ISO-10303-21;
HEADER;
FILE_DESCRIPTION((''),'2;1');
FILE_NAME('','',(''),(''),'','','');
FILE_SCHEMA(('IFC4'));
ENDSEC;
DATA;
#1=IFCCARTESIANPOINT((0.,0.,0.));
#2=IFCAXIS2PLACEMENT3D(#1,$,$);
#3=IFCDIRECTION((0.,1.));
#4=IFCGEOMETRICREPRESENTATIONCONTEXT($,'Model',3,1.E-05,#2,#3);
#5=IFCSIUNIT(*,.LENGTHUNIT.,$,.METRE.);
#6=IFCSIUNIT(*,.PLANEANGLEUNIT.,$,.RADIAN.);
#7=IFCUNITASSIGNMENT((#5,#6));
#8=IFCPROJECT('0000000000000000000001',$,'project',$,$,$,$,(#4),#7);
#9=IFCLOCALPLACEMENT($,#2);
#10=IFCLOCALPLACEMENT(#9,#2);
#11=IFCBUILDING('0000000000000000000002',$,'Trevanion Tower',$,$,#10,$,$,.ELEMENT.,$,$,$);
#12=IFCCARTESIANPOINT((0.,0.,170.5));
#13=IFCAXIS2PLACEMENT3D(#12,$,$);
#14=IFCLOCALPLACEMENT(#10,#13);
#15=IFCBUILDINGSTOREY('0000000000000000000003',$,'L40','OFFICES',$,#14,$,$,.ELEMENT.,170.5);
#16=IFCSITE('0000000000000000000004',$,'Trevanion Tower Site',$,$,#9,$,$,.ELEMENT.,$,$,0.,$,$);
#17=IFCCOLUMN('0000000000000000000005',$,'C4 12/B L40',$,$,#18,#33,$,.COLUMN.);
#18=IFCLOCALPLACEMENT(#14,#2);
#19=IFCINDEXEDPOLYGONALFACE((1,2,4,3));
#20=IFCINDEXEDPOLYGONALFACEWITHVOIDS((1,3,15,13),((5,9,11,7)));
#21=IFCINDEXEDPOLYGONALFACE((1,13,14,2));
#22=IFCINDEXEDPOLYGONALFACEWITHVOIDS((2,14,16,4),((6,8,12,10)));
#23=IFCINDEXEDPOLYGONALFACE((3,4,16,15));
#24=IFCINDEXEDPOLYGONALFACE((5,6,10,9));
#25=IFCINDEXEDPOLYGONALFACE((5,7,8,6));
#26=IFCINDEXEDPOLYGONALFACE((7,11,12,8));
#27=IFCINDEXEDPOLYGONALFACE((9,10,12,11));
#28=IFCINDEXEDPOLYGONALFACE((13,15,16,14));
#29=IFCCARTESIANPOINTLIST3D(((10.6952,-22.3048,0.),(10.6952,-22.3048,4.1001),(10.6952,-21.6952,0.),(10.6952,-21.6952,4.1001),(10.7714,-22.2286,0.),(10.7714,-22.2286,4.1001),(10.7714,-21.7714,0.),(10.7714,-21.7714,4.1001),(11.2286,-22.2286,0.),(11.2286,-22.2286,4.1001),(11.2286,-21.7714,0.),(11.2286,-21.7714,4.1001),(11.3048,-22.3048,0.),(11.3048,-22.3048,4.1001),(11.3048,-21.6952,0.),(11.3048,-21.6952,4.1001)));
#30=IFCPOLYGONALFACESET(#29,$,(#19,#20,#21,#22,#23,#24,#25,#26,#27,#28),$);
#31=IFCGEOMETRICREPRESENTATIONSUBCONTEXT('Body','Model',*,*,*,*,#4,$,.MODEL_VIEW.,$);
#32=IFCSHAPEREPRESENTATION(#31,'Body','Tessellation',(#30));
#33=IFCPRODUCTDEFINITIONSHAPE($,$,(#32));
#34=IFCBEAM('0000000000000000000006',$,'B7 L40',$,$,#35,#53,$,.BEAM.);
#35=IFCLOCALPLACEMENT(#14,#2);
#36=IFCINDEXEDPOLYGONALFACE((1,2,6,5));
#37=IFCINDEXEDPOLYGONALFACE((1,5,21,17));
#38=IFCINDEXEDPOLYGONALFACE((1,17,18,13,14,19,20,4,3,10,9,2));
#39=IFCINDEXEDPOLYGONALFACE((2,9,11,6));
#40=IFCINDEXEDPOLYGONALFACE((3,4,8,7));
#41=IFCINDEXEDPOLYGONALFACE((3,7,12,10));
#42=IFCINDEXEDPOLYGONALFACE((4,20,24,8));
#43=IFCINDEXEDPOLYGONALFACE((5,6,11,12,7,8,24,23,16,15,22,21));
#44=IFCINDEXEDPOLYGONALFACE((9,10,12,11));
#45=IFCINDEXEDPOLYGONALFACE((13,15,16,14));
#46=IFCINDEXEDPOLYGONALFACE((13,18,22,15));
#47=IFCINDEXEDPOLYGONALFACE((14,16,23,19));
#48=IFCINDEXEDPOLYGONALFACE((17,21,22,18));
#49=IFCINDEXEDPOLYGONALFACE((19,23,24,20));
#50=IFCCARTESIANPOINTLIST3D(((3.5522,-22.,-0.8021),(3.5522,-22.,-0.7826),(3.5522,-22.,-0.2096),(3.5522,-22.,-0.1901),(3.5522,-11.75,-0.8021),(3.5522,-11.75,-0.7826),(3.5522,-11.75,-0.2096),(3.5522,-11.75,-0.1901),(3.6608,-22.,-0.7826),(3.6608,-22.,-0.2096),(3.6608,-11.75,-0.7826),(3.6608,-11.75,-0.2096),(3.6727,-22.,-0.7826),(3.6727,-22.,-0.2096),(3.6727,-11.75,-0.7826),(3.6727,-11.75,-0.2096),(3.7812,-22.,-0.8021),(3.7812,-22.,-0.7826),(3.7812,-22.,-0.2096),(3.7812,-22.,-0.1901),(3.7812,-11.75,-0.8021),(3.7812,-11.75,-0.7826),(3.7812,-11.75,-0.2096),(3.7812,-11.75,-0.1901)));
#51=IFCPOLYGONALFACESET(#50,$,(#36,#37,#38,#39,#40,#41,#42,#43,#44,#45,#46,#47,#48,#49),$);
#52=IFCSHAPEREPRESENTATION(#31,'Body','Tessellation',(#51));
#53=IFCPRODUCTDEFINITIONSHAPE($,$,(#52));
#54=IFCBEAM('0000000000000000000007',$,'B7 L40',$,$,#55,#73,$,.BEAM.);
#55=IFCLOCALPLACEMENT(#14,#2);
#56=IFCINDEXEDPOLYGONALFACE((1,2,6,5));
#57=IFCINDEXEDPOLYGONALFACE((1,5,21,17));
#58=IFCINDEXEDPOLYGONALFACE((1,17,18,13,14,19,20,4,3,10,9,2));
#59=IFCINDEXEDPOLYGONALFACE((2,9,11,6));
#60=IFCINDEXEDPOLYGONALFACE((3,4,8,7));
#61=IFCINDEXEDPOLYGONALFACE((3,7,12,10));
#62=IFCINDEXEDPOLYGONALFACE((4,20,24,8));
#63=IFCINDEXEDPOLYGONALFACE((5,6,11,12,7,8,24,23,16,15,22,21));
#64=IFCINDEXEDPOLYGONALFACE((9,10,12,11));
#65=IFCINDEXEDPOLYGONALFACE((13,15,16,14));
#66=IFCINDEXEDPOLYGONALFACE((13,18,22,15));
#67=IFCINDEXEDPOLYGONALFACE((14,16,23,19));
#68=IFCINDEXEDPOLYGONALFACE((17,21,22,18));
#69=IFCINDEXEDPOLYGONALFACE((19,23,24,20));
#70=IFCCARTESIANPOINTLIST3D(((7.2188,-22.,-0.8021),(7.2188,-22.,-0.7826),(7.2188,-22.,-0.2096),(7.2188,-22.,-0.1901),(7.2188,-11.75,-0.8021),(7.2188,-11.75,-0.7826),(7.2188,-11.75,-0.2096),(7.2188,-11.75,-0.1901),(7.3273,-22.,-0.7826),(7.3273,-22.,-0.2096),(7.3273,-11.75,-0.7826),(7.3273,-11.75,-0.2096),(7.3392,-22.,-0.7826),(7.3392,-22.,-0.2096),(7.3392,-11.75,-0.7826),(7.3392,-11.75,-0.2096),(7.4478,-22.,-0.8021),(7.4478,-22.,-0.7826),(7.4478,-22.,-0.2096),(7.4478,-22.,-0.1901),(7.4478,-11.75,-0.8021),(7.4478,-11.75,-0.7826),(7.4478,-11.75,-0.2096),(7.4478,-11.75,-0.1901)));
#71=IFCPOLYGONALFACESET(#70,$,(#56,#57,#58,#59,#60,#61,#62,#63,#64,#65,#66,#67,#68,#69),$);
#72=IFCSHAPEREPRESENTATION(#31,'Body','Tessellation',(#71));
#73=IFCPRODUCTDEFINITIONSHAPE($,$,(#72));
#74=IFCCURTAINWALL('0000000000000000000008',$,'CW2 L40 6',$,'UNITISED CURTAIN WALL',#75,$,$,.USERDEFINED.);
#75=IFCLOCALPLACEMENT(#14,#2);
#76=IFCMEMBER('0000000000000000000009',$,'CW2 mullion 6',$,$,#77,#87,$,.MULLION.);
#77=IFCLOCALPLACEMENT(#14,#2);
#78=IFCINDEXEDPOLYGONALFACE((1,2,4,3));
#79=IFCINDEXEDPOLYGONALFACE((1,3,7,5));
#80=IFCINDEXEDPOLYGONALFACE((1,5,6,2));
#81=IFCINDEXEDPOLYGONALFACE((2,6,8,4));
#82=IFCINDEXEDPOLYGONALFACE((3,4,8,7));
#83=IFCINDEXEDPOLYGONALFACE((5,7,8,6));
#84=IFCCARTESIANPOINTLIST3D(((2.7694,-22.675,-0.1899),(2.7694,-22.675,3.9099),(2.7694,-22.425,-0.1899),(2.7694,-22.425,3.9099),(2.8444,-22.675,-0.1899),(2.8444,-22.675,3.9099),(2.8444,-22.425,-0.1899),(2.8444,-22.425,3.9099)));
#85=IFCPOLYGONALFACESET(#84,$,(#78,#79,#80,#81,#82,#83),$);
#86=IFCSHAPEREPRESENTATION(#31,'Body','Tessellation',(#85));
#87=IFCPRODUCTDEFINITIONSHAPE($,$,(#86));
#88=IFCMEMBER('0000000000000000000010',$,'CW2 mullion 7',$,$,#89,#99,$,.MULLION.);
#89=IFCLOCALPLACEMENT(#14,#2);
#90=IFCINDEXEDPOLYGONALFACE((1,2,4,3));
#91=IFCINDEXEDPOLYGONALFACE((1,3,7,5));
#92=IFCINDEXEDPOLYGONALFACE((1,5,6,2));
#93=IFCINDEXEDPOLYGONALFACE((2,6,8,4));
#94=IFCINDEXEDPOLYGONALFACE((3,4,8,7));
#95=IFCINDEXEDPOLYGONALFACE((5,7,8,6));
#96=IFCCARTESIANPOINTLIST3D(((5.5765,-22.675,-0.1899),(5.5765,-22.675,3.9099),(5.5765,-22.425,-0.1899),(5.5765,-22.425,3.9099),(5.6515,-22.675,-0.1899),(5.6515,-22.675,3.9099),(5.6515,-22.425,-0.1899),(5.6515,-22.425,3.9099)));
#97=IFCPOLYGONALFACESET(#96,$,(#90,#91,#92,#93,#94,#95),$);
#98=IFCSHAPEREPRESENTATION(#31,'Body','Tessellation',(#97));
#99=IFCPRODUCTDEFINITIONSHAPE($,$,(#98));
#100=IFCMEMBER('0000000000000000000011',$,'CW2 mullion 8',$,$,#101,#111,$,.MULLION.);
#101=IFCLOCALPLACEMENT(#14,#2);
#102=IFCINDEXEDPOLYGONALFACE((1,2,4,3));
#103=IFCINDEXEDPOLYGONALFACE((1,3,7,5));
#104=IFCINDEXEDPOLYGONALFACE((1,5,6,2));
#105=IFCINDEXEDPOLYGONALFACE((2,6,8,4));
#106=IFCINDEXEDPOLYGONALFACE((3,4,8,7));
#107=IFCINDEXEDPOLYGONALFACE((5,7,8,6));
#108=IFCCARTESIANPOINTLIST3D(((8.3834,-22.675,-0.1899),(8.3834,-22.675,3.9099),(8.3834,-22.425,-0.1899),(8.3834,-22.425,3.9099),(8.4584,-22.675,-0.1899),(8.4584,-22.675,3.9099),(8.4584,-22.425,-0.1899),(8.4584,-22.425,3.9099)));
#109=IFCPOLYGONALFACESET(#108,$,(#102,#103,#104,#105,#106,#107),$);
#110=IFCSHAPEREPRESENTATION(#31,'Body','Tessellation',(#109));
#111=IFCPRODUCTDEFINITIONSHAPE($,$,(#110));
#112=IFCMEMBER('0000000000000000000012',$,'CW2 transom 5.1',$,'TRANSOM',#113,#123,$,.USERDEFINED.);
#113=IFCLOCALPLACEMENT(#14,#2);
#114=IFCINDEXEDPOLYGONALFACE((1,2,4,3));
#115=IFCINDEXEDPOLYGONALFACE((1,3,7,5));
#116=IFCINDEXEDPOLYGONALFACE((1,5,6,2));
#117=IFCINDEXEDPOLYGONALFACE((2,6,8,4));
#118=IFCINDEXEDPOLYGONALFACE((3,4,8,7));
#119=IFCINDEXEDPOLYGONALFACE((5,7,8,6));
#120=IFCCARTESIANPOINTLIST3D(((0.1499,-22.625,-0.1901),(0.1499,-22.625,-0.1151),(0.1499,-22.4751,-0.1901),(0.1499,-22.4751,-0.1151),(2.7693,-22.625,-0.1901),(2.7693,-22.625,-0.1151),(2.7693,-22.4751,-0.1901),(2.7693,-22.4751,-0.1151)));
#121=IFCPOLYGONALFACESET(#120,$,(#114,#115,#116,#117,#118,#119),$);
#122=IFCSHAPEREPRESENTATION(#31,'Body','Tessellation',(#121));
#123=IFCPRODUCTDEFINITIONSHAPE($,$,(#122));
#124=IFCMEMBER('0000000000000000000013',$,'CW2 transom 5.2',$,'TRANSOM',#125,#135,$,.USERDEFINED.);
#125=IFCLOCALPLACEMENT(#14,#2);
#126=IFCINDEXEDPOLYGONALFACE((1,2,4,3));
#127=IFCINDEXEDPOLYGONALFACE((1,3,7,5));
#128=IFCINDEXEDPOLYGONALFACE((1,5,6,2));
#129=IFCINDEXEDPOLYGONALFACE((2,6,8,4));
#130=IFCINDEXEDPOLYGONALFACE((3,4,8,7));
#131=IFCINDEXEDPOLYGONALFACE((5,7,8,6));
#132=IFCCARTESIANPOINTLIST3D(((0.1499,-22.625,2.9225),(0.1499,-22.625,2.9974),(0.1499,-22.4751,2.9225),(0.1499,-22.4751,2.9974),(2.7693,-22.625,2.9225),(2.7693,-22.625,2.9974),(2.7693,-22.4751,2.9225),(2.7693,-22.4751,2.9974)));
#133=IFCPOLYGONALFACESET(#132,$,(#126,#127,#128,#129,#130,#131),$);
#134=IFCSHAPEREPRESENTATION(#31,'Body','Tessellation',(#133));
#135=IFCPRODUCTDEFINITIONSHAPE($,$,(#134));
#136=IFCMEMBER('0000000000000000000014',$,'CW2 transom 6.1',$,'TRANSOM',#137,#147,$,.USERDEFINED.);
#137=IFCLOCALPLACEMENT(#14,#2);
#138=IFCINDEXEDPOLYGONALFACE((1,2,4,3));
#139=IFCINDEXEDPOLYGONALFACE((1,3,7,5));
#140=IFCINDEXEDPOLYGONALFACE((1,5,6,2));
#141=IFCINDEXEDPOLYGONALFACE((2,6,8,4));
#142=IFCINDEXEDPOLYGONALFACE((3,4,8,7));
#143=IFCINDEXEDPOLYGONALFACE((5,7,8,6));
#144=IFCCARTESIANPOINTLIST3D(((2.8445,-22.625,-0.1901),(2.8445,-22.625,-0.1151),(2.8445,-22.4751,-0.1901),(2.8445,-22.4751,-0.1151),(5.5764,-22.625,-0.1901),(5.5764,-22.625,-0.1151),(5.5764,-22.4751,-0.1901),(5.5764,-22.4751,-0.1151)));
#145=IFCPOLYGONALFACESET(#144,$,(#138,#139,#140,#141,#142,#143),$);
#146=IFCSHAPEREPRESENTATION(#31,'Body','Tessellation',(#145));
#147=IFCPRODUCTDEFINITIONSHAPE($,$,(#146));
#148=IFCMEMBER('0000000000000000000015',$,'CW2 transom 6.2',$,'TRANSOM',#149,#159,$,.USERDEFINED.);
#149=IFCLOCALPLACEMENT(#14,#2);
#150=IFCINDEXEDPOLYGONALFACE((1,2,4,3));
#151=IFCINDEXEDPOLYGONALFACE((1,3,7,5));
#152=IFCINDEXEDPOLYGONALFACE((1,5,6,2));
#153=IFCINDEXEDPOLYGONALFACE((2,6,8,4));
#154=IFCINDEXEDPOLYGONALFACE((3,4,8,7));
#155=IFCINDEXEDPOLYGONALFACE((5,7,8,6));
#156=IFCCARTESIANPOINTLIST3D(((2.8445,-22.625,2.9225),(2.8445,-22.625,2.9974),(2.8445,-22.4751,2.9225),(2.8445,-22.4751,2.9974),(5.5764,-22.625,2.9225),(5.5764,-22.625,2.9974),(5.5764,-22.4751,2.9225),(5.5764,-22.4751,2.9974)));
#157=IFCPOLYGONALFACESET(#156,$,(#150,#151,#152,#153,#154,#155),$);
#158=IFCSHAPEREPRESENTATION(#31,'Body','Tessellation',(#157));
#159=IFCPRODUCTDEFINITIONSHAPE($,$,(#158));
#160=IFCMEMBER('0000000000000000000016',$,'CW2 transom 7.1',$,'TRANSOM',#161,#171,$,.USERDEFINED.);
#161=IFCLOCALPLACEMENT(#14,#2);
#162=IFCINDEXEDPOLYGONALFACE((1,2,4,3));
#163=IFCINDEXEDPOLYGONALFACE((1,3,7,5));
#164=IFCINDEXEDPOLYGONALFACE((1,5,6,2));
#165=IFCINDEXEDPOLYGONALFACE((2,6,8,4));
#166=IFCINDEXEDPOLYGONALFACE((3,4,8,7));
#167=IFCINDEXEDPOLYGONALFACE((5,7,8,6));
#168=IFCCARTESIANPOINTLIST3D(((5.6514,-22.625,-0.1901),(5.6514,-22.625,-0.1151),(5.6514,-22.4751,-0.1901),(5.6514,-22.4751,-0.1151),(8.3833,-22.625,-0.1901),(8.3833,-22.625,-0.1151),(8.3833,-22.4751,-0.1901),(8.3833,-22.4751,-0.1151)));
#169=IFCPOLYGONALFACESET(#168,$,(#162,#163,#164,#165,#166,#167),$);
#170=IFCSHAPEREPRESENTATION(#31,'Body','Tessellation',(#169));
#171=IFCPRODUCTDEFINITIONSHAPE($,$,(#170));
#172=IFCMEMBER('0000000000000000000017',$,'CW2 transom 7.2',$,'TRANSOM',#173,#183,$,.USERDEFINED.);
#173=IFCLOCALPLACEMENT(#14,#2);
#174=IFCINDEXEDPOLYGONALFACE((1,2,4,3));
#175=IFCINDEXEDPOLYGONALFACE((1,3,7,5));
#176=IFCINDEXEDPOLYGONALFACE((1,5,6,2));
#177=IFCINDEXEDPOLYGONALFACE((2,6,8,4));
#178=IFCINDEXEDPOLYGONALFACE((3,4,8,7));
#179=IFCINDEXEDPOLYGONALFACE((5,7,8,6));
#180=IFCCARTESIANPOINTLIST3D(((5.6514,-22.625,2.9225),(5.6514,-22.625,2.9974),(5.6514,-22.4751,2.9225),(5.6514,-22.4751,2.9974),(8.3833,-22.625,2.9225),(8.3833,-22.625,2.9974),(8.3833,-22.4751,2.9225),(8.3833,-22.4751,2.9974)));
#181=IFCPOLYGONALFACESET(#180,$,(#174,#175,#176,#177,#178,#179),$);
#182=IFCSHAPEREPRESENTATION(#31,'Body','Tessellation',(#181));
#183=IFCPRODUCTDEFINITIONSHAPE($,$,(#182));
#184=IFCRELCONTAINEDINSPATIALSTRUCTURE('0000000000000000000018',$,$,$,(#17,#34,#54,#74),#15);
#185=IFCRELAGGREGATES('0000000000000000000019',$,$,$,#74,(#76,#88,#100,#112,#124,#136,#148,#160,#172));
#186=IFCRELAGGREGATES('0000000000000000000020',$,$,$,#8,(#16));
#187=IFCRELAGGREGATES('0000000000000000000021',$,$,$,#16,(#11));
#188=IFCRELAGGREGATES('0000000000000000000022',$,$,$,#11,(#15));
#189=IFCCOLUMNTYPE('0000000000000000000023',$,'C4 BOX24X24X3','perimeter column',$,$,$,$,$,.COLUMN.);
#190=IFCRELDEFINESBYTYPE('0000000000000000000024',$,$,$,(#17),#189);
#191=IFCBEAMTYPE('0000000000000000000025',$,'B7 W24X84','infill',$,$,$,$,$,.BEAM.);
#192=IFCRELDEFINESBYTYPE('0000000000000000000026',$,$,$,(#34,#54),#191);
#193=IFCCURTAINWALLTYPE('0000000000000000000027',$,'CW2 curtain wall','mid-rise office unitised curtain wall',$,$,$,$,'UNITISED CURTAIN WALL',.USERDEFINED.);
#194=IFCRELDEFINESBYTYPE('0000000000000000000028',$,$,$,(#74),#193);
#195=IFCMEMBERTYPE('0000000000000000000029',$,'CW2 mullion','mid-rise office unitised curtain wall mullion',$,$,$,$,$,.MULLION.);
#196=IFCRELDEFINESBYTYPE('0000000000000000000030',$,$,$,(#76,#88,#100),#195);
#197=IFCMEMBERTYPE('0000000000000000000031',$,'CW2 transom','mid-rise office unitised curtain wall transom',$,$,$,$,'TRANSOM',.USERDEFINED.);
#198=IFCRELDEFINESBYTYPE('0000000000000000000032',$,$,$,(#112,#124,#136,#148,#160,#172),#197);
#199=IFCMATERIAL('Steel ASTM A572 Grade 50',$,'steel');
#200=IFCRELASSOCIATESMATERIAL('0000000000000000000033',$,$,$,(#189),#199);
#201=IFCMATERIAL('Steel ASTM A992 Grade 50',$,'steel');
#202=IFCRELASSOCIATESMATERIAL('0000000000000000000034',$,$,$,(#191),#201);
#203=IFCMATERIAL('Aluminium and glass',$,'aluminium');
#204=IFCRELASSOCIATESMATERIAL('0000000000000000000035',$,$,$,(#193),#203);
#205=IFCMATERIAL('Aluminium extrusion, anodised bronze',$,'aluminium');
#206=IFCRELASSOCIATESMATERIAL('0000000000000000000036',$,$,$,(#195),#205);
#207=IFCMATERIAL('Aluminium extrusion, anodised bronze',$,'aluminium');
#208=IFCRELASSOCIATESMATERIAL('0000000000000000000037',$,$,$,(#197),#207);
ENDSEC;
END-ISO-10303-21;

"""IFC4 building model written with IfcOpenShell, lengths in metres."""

from ifc_helpers import new_model, si_unit, direction, frame, origin, origin_2d, place, context, subcontext, project, spatial, rectangle, hollow_rectangle, i_section, extrude, material, material_profile, profile_set, type_object, element, aggregate, save


model = new_model("IFC4")

# Units and contexts
model_context = context("Model", 3, precision=1e-05, world=origin(), true_north=direction((0.0, 1.0)))
body_context = subcontext(model_context, "Body", "Model", "MODEL_VIEW")
ifc_project = project(units=[si_unit("LENGTHUNIT", "METRE"), si_unit("PLANEANGLEUNIT", "RADIAN")], contexts=[model_context])

# Site, building, storey
site_placement = place(None, origin())
site = spatial("IfcSite", under=ifc_project, at=site_placement, Name="Trevanion Tower Site", CompositionType="ELEMENT", RefElevation=0.0)
building_placement = place(site_placement, origin())
building = spatial("IfcBuilding", under=site, at=building_placement, Name="Trevanion Tower", CompositionType="ELEMENT")
storey_placement = place(building_placement, frame((0.0, 0.0, 170.5)))
storey = spatial("IfcBuildingStorey", under=building, at=storey_placement, Name="L40", Description="OFFICES", CompositionType="ELEMENT", Elevation=170.5)

# Column
ifc_material_1 = material(Name="Steel ASTM A572 Grade 50", Category="steel")
ifc_material_profile_1 = material_profile(ifc_material_1, hollow_rectangle(XDim=0.6096, YDim=0.6096, WallThickness=0.0762, at=origin_2d()), Name="BOX24X24X3")
ifc_profile_set_1 = profile_set([ifc_material_profile_1], Name="Steel ASTM A572 Grade 50")
column_type = type_object("IfcColumnType", Name="C4 BOX24X24X3", Description="perimeter column", PredefinedType="COLUMN", material=ifc_profile_set_1)
column_placement = place(storey_placement, frame((11.0, -22.0, 0.0), z_axis=(0.0, 0.0, 1.0), x_axis=(1.0, 0.0, 0.0)))
element("IfcColumn", 1, at=column_placement, inside=storey, type_object=column_type, Name="C4 12/B L40", PredefinedType="COLUMN", context=body_context, shape_type="SweptSolid", body=[
    extrude(hollow_rectangle(XDim=0.6096, YDim=0.6096, WallThickness=0.0762, at=origin_2d()), origin(), (0.0, 0.0, 1.0), 4.1001),
])

# Beams
ifc_material_2 = material(Name="Steel ASTM A992 Grade 50", Category="steel")
ifc_material_profile_2 = material_profile(ifc_material_2, i_section(OverallWidth=0.229, OverallDepth=0.6121, WebThickness=0.012, FlangeThickness=0.0195, at=origin_2d()), Name="W24X84")
ifc_profile_set_2 = profile_set([ifc_material_profile_2], Name="Steel ASTM A992 Grade 50")
beam_type_1 = type_object("IfcBeamType", Name="B7 W24X84", Description="infill", PredefinedType="BEAM", material=ifc_profile_set_2)
for number, where, z_axis, x_axis, name in (
    (2, (3.6667, -11.75, -0.4961), (0.0, -1.0, 0.0), (1.0, 0.0, 0.0), "B7 L40"),
    (3, (7.3333, -11.75, -0.4961), (0.0, -1.0, 0.0), (1.0, 0.0, 0.0), "B7 L40"),
):
    element("IfcBeam", number, at=place(storey_placement, frame(where, z_axis=z_axis, x_axis=x_axis)), inside=storey, type_object=beam_type_1, Name=name, PredefinedType="BEAM", context=body_context, shape_type="SweptSolid", body=[
        extrude(i_section(OverallWidth=0.229, OverallDepth=0.6121, WebThickness=0.012, FlangeThickness=0.0195, at=origin_2d()), origin(), (0.0, 0.0, 1.0), 10.25),
    ])

# Curtain wall, members
ifc_material_3 = material(Name="Aluminium and glass", Category="aluminium")
curtain_wall_type = type_object("IfcCurtainWallType", Name="CW2 curtain wall", Description="mid-rise office unitised curtain wall", ElementType="UNITISED CURTAIN WALL", PredefinedType="USERDEFINED", material=ifc_material_3)
curtain_wall_placement = place(storey_placement, origin())
curtain_wall = element("IfcCurtainWall", 4, at=curtain_wall_placement, inside=storey, type_object=curtain_wall_type, Name="CW2 L40 6", ObjectType="UNITISED CURTAIN WALL", PredefinedType="USERDEFINED")
ifc_material_4 = material(Name="Aluminium extrusion, anodised bronze", Category="aluminium")
ifc_material_profile_3 = material_profile(ifc_material_4, rectangle(XDim=0.075, YDim=0.25, at=origin_2d()), Name="CW2 mullion")
ifc_profile_set_3 = profile_set([ifc_material_profile_3], Name="Aluminium extrusion, anodised bronze")
member_type_1 = type_object("IfcMemberType", Name="CW2 mullion", Description="mid-rise office unitised curtain wall mullion", PredefinedType="MULLION", material=ifc_profile_set_3)
member_1_placement = place(storey_placement, frame((2.8069, -22.55, -0.1899), z_axis=(0.0, 0.0, 1.0), x_axis=(1.0, 0.0, 0.0)))
member_1 = element("IfcMember", 5, at=member_1_placement, type_object=member_type_1, Name="CW2 mullion 6", PredefinedType="MULLION", context=body_context, shape_type="SweptSolid", body=[
    extrude(rectangle(XDim=0.075, YDim=0.25, at=origin_2d()), origin(), (0.0, 0.0, 1.0), 4.0999),
])
member_2_placement = place(storey_placement, frame((5.614, -22.55, -0.1899), z_axis=(0.0, 0.0, 1.0), x_axis=(1.0, 0.0, 0.0)))
member_2 = element("IfcMember", 6, at=member_2_placement, type_object=member_type_1, Name="CW2 mullion 7", PredefinedType="MULLION", context=body_context, shape_type="SweptSolid", body=[
    extrude(rectangle(XDim=0.075, YDim=0.25, at=origin_2d()), origin(), (0.0, 0.0, 1.0), 4.0999),
])
member_3_placement = place(storey_placement, frame((8.4209, -22.55, -0.1899), z_axis=(0.0, 0.0, 1.0), x_axis=(1.0, 0.0, 0.0)))
member_3 = element("IfcMember", 7, at=member_3_placement, type_object=member_type_1, Name="CW2 mullion 8", PredefinedType="MULLION", context=body_context, shape_type="SweptSolid", body=[
    extrude(rectangle(XDim=0.075, YDim=0.25, at=origin_2d()), origin(), (0.0, 0.0, 1.0), 4.0999),
])
ifc_material_5 = material(Name="Aluminium extrusion, anodised bronze", Category="aluminium")
ifc_material_profile_4 = material_profile(ifc_material_5, rectangle(XDim=0.1499, YDim=0.075, at=origin_2d()), Name="CW2 transom")
ifc_profile_set_4 = profile_set([ifc_material_profile_4], Name="Aluminium extrusion, anodised bronze")
member_type_2 = type_object("IfcMemberType", Name="CW2 transom", Description="mid-rise office unitised curtain wall transom", ElementType="TRANSOM", PredefinedType="USERDEFINED", material=ifc_profile_set_4)
member_4_placement = place(storey_placement, frame((0.1499, -22.55, -0.1526), z_axis=(1.0, 0.0, 0.0), x_axis=(0.0, 1.0, 0.0)))
member_4 = element("IfcMember", 8, at=member_4_placement, type_object=member_type_2, Name="CW2 transom 5.1", ObjectType="TRANSOM", PredefinedType="USERDEFINED", context=body_context, shape_type="SweptSolid", body=[
    extrude(rectangle(XDim=0.1499, YDim=0.075, at=origin_2d()), origin(), (0.0, 0.0, 1.0), 2.6194),
])
member_5_placement = place(storey_placement, frame((0.1499, -22.55, 2.96), z_axis=(1.0, 0.0, 0.0), x_axis=(0.0, 1.0, 0.0)))
member_5 = element("IfcMember", 9, at=member_5_placement, type_object=member_type_2, Name="CW2 transom 5.2", ObjectType="TRANSOM", PredefinedType="USERDEFINED", context=body_context, shape_type="SweptSolid", body=[
    extrude(rectangle(XDim=0.1499, YDim=0.075, at=origin_2d()), origin(), (0.0, 0.0, 1.0), 2.6194),
])
member_6_placement = place(storey_placement, frame((2.8445, -22.55, -0.1526), z_axis=(1.0, 0.0, 0.0), x_axis=(0.0, 1.0, 0.0)))
member_6 = element("IfcMember", 10, at=member_6_placement, type_object=member_type_2, Name="CW2 transom 6.1", ObjectType="TRANSOM", PredefinedType="USERDEFINED", context=body_context, shape_type="SweptSolid", body=[
    extrude(rectangle(XDim=0.1499, YDim=0.075, at=origin_2d()), origin(), (0.0, 0.0, 1.0), 2.7319),
])
member_7_placement = place(storey_placement, frame((2.8445, -22.55, 2.96), z_axis=(1.0, 0.0, 0.0), x_axis=(0.0, 1.0, 0.0)))
member_7 = element("IfcMember", 11, at=member_7_placement, type_object=member_type_2, Name="CW2 transom 6.2", ObjectType="TRANSOM", PredefinedType="USERDEFINED", context=body_context, shape_type="SweptSolid", body=[
    extrude(rectangle(XDim=0.1499, YDim=0.075, at=origin_2d()), origin(), (0.0, 0.0, 1.0), 2.7319),
])
member_8_placement = place(storey_placement, frame((5.6514, -22.55, -0.1526), z_axis=(1.0, 0.0, 0.0), x_axis=(0.0, 1.0, 0.0)))
member_8 = element("IfcMember", 12, at=member_8_placement, type_object=member_type_2, Name="CW2 transom 7.1", ObjectType="TRANSOM", PredefinedType="USERDEFINED", context=body_context, shape_type="SweptSolid", body=[
    extrude(rectangle(XDim=0.1499, YDim=0.075, at=origin_2d()), origin(), (0.0, 0.0, 1.0), 2.7319),
])
member_9_placement = place(storey_placement, frame((5.6514, -22.55, 2.96), z_axis=(1.0, 0.0, 0.0), x_axis=(0.0, 1.0, 0.0)))
member_9 = element("IfcMember", 13, at=member_9_placement, type_object=member_type_2, Name="CW2 transom 7.2", ObjectType="TRANSOM", PredefinedType="USERDEFINED", context=body_context, shape_type="SweptSolid", body=[
    extrude(rectangle(XDim=0.1499, YDim=0.075, at=origin_2d()), origin(), (0.0, 0.0, 1.0), 2.7319),
])

aggregate(curtain_wall, [member_1, member_2, member_3, member_4, member_5, member_6, member_7, member_8, member_9])

save(model, "model.ifc")
